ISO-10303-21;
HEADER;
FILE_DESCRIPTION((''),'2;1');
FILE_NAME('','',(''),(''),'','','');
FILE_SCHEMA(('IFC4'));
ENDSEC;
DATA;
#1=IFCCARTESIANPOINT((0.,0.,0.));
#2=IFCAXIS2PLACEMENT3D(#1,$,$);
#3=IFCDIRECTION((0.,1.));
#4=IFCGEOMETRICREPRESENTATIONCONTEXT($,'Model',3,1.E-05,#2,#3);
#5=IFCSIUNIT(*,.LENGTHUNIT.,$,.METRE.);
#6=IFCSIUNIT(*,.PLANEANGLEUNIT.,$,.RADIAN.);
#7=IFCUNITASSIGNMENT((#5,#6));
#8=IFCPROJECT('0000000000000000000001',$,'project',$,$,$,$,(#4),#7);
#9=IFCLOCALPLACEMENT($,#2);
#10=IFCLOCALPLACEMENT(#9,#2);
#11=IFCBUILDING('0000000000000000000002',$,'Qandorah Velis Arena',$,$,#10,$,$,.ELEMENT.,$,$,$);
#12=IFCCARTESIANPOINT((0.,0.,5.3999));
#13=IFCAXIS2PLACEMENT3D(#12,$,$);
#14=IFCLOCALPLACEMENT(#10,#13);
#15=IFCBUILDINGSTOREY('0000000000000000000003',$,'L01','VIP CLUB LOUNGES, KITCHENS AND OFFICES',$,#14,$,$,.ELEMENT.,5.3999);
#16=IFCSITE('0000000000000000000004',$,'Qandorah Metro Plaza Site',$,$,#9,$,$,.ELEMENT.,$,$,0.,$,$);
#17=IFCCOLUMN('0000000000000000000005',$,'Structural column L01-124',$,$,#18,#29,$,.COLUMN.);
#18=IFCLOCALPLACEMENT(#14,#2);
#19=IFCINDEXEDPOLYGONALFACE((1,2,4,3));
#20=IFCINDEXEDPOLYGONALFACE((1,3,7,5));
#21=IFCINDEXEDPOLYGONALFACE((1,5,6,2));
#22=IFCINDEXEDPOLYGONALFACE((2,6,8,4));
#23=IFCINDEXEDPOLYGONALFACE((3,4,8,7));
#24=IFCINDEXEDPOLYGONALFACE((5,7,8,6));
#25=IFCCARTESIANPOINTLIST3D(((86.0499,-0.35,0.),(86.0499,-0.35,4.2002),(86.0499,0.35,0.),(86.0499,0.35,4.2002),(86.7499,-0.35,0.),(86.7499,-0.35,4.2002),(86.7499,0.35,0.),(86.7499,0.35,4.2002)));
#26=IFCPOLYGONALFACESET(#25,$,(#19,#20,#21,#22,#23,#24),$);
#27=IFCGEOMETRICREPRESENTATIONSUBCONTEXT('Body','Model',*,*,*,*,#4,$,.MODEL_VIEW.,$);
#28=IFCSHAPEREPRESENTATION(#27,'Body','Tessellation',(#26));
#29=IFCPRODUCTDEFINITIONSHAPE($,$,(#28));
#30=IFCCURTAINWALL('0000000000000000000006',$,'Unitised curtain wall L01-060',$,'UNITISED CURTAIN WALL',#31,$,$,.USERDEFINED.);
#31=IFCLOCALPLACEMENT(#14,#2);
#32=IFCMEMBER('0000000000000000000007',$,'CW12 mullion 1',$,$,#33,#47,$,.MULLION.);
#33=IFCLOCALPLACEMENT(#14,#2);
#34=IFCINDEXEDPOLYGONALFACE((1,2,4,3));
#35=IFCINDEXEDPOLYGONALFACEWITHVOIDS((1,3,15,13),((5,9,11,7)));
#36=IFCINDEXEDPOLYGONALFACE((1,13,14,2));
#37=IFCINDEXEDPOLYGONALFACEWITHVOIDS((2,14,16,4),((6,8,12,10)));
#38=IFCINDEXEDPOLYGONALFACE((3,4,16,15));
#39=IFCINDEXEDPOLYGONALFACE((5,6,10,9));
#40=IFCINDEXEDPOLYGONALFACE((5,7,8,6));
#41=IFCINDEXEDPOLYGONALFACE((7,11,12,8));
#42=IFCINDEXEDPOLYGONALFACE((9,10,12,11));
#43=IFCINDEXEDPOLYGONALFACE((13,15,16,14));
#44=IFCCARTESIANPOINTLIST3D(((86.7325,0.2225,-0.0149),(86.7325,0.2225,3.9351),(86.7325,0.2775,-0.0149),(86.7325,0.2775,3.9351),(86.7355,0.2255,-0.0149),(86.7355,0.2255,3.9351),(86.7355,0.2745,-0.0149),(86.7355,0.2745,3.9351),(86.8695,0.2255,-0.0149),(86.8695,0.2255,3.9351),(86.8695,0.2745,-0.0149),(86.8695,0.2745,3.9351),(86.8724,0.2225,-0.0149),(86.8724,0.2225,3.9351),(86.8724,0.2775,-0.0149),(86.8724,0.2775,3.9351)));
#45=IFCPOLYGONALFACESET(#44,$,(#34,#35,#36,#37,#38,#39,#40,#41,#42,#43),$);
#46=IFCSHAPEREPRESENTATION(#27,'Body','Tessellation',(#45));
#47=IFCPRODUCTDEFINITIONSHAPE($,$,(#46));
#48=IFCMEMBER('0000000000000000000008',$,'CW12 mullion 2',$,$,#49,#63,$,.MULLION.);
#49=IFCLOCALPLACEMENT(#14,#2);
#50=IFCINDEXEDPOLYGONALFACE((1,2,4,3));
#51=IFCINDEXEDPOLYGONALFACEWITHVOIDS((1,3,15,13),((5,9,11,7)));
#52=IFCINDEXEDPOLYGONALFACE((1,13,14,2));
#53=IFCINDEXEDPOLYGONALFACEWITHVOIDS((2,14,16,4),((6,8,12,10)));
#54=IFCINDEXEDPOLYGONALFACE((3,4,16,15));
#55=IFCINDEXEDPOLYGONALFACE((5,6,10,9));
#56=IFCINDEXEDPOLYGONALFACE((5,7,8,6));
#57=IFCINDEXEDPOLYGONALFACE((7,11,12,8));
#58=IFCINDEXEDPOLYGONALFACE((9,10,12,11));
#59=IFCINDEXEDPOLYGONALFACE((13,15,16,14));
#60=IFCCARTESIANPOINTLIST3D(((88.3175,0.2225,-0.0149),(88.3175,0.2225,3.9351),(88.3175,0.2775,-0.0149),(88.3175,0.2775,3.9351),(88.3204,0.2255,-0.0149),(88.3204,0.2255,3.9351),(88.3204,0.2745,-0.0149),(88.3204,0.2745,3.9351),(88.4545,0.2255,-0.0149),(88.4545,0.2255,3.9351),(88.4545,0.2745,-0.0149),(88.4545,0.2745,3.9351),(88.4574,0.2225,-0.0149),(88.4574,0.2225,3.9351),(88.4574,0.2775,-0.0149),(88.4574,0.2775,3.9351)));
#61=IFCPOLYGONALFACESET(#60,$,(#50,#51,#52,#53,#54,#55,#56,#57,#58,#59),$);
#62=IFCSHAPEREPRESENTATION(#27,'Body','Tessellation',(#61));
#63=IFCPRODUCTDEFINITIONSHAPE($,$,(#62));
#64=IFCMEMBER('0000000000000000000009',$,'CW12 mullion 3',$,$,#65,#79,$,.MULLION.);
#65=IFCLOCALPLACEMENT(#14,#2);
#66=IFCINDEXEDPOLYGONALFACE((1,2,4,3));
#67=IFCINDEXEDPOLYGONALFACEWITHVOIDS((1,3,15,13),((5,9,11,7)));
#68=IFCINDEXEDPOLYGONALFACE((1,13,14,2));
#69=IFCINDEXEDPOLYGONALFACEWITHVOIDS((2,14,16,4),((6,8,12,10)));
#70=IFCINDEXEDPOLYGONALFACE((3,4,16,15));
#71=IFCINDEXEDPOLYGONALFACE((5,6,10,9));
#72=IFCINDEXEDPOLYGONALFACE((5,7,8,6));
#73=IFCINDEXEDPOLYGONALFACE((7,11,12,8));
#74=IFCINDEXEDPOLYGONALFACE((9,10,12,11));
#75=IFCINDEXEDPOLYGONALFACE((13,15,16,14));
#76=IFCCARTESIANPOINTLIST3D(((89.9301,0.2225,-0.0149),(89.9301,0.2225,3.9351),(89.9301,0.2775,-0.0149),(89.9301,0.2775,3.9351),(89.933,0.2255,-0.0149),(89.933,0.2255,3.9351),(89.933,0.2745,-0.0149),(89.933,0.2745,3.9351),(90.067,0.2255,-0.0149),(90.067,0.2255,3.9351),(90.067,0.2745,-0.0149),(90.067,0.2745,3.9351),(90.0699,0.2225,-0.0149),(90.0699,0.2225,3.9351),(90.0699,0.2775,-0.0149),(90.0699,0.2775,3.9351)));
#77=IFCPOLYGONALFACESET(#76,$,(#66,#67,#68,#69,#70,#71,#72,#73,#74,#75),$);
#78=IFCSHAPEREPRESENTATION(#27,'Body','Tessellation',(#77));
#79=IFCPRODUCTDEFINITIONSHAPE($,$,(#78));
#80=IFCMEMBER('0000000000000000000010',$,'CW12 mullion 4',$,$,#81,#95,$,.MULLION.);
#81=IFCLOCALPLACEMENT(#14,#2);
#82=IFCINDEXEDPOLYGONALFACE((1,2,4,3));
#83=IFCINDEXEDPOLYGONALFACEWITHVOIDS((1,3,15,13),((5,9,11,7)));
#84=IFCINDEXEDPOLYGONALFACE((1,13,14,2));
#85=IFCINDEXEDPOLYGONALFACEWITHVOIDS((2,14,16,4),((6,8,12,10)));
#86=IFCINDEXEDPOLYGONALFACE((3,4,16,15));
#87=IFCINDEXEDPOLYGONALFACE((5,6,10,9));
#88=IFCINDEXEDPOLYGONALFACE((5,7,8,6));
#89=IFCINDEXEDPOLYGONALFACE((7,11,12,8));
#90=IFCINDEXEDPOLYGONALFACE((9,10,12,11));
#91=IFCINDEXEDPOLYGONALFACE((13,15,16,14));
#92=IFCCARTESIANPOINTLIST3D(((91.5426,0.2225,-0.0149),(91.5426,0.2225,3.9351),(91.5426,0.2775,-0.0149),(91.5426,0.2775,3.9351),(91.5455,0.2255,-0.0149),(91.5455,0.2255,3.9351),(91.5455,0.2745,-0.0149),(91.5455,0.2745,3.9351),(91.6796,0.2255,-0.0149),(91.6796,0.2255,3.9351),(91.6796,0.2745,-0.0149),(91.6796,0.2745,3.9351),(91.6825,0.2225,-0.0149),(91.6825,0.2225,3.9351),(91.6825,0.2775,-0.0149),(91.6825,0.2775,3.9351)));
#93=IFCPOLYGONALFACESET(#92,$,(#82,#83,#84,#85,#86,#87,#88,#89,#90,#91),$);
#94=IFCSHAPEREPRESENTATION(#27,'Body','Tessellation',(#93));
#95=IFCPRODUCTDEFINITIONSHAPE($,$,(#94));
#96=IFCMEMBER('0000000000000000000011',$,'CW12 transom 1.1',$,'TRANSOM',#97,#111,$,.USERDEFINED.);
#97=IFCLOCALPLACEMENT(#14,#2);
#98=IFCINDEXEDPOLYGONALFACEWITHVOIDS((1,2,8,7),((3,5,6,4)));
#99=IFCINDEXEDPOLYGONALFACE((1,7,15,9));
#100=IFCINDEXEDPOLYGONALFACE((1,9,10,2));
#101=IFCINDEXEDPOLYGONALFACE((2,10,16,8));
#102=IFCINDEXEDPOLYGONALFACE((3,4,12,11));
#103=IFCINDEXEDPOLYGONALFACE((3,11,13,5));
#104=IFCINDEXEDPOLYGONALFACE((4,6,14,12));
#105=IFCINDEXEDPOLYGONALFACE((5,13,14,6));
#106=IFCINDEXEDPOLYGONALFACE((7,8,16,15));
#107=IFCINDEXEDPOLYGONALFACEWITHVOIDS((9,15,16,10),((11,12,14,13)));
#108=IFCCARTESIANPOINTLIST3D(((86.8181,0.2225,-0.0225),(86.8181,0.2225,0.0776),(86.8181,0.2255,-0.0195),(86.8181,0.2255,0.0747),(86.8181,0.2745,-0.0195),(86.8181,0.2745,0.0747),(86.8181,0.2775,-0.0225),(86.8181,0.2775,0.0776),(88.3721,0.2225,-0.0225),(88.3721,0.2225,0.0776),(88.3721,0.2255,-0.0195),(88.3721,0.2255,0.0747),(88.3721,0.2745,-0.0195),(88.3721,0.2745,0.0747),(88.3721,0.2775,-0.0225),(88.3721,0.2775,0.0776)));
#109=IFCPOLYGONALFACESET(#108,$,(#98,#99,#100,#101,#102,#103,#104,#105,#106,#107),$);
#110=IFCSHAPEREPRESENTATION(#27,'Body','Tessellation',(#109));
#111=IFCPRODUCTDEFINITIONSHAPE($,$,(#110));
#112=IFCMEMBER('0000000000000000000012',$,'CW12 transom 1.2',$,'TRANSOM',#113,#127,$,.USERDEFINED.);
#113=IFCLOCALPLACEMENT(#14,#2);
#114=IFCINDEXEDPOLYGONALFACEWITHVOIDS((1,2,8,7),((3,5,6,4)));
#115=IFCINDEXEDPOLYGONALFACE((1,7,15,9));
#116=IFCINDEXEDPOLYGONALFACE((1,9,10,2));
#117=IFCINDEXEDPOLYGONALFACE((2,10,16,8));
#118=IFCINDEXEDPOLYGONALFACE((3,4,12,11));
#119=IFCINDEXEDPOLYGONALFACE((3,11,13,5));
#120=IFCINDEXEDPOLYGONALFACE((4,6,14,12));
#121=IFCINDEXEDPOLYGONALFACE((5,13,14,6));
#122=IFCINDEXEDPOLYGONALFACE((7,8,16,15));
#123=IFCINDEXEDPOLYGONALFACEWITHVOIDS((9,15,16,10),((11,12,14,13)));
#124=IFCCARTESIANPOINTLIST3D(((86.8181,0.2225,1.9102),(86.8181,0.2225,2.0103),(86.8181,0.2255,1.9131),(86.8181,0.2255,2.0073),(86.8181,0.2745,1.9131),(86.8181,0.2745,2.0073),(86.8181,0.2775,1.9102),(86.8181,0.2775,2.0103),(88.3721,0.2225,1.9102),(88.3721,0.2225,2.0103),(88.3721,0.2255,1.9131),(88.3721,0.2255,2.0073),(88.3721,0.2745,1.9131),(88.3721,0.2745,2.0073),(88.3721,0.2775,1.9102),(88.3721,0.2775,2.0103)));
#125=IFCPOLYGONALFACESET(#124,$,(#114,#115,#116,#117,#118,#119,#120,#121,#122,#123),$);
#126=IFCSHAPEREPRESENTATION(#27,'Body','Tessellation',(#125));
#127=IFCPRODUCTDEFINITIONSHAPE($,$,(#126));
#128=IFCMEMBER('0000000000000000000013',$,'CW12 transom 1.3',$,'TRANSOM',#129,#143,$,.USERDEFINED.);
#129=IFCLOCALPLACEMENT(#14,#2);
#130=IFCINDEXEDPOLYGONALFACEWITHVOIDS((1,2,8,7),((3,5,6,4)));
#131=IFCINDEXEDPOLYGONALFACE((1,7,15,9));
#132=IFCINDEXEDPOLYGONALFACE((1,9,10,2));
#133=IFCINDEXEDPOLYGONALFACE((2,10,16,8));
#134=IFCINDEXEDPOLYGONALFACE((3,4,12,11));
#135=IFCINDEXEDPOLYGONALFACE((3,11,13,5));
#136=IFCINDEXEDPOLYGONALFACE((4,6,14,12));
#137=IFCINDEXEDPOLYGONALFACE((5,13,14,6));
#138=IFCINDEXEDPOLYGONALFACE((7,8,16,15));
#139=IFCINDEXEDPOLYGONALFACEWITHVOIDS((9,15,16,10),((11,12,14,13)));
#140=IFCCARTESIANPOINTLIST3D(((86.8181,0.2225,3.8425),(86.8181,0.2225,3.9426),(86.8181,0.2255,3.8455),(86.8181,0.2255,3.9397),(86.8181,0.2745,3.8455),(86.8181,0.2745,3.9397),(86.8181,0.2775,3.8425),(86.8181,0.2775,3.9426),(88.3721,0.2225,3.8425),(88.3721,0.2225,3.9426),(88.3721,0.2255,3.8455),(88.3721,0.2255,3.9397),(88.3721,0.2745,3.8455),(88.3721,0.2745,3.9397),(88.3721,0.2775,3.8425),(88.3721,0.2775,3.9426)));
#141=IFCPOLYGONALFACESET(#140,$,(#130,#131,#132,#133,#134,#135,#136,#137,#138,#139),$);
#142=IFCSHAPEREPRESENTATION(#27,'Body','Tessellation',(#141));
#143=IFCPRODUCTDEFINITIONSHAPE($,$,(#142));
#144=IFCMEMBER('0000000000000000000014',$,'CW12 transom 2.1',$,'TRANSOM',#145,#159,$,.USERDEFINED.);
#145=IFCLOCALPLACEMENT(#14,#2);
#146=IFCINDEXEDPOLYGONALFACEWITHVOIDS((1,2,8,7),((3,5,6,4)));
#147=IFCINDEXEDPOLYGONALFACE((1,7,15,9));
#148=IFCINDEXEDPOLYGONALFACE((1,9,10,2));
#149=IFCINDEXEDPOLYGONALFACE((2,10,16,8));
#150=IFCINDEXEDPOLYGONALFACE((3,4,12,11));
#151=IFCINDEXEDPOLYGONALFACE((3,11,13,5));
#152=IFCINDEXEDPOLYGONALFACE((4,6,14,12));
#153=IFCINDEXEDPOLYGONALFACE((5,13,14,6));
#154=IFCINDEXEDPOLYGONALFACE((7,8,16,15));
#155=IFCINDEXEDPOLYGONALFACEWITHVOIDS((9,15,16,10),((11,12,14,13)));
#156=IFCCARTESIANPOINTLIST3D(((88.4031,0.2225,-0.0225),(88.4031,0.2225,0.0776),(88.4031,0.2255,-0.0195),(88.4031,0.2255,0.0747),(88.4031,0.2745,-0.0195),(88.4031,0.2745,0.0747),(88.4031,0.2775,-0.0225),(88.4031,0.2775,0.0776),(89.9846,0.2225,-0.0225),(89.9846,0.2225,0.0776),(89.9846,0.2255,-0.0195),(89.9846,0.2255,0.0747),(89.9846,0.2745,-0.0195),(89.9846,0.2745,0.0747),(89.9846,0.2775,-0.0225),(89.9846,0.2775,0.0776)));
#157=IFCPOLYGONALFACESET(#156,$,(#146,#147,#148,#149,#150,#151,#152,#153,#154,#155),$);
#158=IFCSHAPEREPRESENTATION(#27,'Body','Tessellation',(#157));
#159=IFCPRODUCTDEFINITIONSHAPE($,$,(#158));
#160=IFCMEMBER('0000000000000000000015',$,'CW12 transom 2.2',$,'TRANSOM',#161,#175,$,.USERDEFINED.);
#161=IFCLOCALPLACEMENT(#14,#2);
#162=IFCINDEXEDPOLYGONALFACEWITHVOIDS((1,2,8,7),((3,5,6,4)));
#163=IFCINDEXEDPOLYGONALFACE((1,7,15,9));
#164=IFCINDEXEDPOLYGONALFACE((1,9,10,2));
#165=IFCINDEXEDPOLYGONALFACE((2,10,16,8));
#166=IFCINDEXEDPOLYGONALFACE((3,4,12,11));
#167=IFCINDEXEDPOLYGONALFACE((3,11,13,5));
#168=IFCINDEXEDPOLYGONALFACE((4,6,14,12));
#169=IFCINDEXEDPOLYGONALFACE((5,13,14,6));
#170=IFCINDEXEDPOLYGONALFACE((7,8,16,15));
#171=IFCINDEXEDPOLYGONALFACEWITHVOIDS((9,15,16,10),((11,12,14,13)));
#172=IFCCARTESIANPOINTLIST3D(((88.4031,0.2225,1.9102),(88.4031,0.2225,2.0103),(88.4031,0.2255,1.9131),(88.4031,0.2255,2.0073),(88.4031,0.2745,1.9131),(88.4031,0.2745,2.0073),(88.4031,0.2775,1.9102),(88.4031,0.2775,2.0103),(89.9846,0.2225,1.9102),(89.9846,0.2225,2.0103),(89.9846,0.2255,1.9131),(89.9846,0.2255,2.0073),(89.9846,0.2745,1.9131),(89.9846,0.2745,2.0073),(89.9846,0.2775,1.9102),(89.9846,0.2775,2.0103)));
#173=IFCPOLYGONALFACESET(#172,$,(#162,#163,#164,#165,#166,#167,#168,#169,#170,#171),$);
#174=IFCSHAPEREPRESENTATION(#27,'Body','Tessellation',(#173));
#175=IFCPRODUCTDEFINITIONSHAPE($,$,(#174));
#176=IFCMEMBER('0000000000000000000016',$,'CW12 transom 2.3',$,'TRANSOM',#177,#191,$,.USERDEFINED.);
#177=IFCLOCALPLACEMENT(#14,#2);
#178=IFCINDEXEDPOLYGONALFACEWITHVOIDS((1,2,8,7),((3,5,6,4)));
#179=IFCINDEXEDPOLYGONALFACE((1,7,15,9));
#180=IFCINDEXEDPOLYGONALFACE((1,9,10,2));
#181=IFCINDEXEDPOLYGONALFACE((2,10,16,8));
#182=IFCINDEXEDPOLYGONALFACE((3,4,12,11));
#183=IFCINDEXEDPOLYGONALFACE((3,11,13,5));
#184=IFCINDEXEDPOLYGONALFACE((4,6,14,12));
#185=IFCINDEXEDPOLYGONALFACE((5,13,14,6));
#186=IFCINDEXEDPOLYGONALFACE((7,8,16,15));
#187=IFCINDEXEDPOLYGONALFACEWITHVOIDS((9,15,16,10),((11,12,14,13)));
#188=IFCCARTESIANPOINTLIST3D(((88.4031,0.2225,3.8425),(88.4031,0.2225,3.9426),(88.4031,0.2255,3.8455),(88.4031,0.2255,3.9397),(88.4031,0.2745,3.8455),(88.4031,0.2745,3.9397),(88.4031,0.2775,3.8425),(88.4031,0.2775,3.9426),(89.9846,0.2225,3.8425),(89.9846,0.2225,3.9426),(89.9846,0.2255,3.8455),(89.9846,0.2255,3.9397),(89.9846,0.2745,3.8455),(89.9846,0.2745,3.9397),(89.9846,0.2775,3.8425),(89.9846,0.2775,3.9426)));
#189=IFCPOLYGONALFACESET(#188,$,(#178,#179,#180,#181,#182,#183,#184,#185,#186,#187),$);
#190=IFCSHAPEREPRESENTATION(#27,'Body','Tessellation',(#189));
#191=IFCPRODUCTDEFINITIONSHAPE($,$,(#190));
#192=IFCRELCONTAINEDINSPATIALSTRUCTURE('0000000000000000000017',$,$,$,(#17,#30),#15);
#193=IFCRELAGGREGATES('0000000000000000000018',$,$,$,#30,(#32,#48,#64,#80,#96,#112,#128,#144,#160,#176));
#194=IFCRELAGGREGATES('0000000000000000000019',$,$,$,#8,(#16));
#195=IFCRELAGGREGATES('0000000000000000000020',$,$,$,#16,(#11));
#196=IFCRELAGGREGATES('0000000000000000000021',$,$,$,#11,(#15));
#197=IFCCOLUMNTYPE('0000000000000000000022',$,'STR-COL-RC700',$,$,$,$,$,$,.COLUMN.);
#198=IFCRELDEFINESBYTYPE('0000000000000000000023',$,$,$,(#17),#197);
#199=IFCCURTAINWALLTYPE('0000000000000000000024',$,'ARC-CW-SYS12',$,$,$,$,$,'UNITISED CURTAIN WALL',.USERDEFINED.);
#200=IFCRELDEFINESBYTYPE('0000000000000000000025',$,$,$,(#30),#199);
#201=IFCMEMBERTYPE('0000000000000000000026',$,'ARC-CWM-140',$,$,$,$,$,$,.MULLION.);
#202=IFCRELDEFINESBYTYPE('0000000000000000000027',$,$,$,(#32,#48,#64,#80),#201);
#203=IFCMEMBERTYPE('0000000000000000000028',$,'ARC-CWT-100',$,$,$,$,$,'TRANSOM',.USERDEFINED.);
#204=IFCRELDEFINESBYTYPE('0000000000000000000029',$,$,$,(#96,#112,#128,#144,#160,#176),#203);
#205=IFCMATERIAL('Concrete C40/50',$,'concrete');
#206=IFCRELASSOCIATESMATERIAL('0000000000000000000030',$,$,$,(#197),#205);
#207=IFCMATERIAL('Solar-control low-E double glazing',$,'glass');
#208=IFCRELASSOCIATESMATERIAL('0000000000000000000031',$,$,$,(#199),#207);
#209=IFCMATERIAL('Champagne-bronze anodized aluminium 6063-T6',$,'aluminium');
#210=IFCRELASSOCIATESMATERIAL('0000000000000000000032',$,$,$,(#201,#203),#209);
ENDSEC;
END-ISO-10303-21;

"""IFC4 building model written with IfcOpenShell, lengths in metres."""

from ifc_helpers import new_model, si_unit, direction, frame, origin, origin_2d, place, context, subcontext, project, spatial, rectangle, hollow_rectangle, extrude, material, material_profile, profile_set, type_object, element, aggregate, save


model = new_model("IFC4")

# Units and contexts
model_context = context("Model", 3, precision=1e-05, world=origin(), true_north=direction((0.0, 1.0)))
body_context = subcontext(model_context, "Body", "Model", "MODEL_VIEW")
ifc_project = project(units=[si_unit("LENGTHUNIT", "METRE"), si_unit("PLANEANGLEUNIT", "RADIAN")], contexts=[model_context])

# Site, building, storey
site_placement = place(None, origin())
site = spatial("IfcSite", under=ifc_project, at=site_placement, Name="Qandorah Metro Plaza Site", CompositionType="ELEMENT", RefElevation=0.0)
building_placement = place(site_placement, origin())
building = spatial("IfcBuilding", under=site, at=building_placement, Name="Qandorah Velis Arena", CompositionType="ELEMENT")
storey_placement = place(building_placement, frame((0.0, 0.0, 5.3999)))
storey = spatial("IfcBuildingStorey", under=building, at=storey_placement, Name="L01", Description="VIP CLUB LOUNGES, KITCHENS AND OFFICES", CompositionType="ELEMENT", Elevation=5.3999)

# Column
ifc_material_1 = material(Name="Concrete C40/50", Category="concrete")
ifc_material_profile_1 = material_profile(ifc_material_1, rectangle(XDim=0.7, YDim=0.7, at=origin_2d()), Name="RC COL 700x700")
ifc_profile_set_1 = profile_set([ifc_material_profile_1], Name="Concrete C40/50")
column_type = type_object("IfcColumnType", Name="STR-COL-RC700", PredefinedType="COLUMN", material=ifc_profile_set_1)
column_placement = place(storey_placement, frame((86.3999, 0.0, 0.0), z_axis=(0.0, 0.0, 1.0), x_axis=(1.0, 0.0, 0.0)))
element("IfcColumn", 1, at=column_placement, inside=storey, type_object=column_type, Name="Structural column L01-124", PredefinedType="COLUMN", context=body_context, shape_type="SweptSolid", body=[
    extrude(rectangle(XDim=0.7, YDim=0.7, at=origin_2d()), origin(), (0.0, 0.0, 1.0), 4.2002),
])

# Curtain wall, members
ifc_material_2 = material(Name="Solar-control low-E double glazing", Category="glass")
curtain_wall_type = type_object("IfcCurtainWallType", Name="ARC-CW-SYS12", ElementType="UNITISED CURTAIN WALL", PredefinedType="USERDEFINED", material=ifc_material_2)
curtain_wall_placement = place(storey_placement, origin())
curtain_wall = element("IfcCurtainWall", 2, at=curtain_wall_placement, inside=storey, type_object=curtain_wall_type, Name="Unitised curtain wall L01-060", ObjectType="UNITISED CURTAIN WALL", PredefinedType="USERDEFINED")
ifc_material_3 = material(Name="Champagne-bronze anodized aluminium 6063-T6", Category="aluminium")
ifc_material_profile_2 = material_profile(ifc_material_3, hollow_rectangle(XDim=0.0549, YDim=0.1399, WallThickness=0.0029, at=origin_2d()), Name="ALU MULLION 55x140")
ifc_profile_set_2 = profile_set([ifc_material_profile_2], Name="Champagne-bronze anodized aluminium 6063-T6")
member_type_1 = type_object("IfcMemberType", Name="ARC-CWM-140", PredefinedType="MULLION", material=ifc_profile_set_2)
member_1_placement = place(storey_placement, frame((86.8025, 0.25, -0.0149), z_axis=(0.0, 0.0, 1.0), x_axis=(0.0, 1.0, 0.0)))
member_1 = element("IfcMember", 3, at=member_1_placement, type_object=member_type_1, Name="CW12 mullion 1", PredefinedType="MULLION", context=body_context, shape_type="SweptSolid", body=[
    extrude(hollow_rectangle(XDim=0.0549, YDim=0.1399, WallThickness=0.0029, at=origin_2d()), origin(), (0.0, 0.0, 1.0), 3.95),
])
member_2_placement = place(storey_placement, frame((88.3875, 0.25, -0.0149), z_axis=(0.0, 0.0, 1.0), x_axis=(0.0, 1.0, 0.0)))
member_2 = element("IfcMember", 4, at=member_2_placement, type_object=member_type_1, Name="CW12 mullion 2", PredefinedType="MULLION", context=body_context, shape_type="SweptSolid", body=[
    extrude(hollow_rectangle(XDim=0.0549, YDim=0.1399, WallThickness=0.0029, at=origin_2d()), origin(), (0.0, 0.0, 1.0), 3.95),
])
member_3_placement = place(storey_placement, frame((90.0, 0.25, -0.0149), z_axis=(0.0, 0.0, 1.0), x_axis=(0.0, 1.0, 0.0)))
member_3 = element("IfcMember", 5, at=member_3_placement, type_object=member_type_1, Name="CW12 mullion 3", PredefinedType="MULLION", context=body_context, shape_type="SweptSolid", body=[
    extrude(hollow_rectangle(XDim=0.0549, YDim=0.1399, WallThickness=0.0029, at=origin_2d()), origin(), (0.0, 0.0, 1.0), 3.95),
])
member_4_placement = place(storey_placement, frame((91.6125, 0.25, -0.0149), z_axis=(0.0, 0.0, 1.0), x_axis=(0.0, 1.0, 0.0)))
member_4 = element("IfcMember", 6, at=member_4_placement, type_object=member_type_1, Name="CW12 mullion 4", PredefinedType="MULLION", context=body_context, shape_type="SweptSolid", body=[
    extrude(hollow_rectangle(XDim=0.0549, YDim=0.1399, WallThickness=0.0029, at=origin_2d()), origin(), (0.0, 0.0, 1.0), 3.95),
])
ifc_material_profile_3 = material_profile(ifc_material_3, hollow_rectangle(XDim=0.0549, YDim=0.1001, WallThickness=0.0029, at=origin_2d()), Name="ALU TRANSOM 55x100")
ifc_profile_set_3 = profile_set([ifc_material_profile_3], Name="Champagne-bronze anodized aluminium 6063-T6")
member_type_2 = type_object("IfcMemberType", Name="ARC-CWT-100", ElementType="TRANSOM", PredefinedType="USERDEFINED", material=ifc_profile_set_3)
member_5_placement = place(storey_placement, frame((86.8181, 0.25, 0.0276), z_axis=(1.0, 0.0, 0.0), x_axis=(0.0, 1.0, 0.0)))
member_5 = element("IfcMember", 7, at=member_5_placement, type_object=member_type_2, Name="CW12 transom 1.1", ObjectType="TRANSOM", PredefinedType="USERDEFINED", context=body_context, shape_type="SweptSolid", body=[
    extrude(hollow_rectangle(XDim=0.0549, YDim=0.1001, WallThickness=0.0029, at=origin_2d()), origin(), (0.0, 0.0, 1.0), 1.554),
])
member_6_placement = place(storey_placement, frame((86.8181, 0.25, 1.9602), z_axis=(1.0, 0.0, 0.0), x_axis=(0.0, 1.0, 0.0)))
member_6 = element("IfcMember", 8, at=member_6_placement, type_object=member_type_2, Name="CW12 transom 1.2", ObjectType="TRANSOM", PredefinedType="USERDEFINED", context=body_context, shape_type="SweptSolid", body=[
    extrude(hollow_rectangle(XDim=0.0549, YDim=0.1001, WallThickness=0.0029, at=origin_2d()), origin(), (0.0, 0.0, 1.0), 1.554),
])
member_7_placement = place(storey_placement, frame((86.8181, 0.25, 3.8926), z_axis=(1.0, 0.0, 0.0), x_axis=(0.0, 1.0, 0.0)))
member_7 = element("IfcMember", 9, at=member_7_placement, type_object=member_type_2, Name="CW12 transom 1.3", ObjectType="TRANSOM", PredefinedType="USERDEFINED", context=body_context, shape_type="SweptSolid", body=[
    extrude(hollow_rectangle(XDim=0.0549, YDim=0.1001, WallThickness=0.0029, at=origin_2d()), origin(), (0.0, 0.0, 1.0), 1.554),
])
member_8_placement = place(storey_placement, frame((88.4031, 0.25, 0.0276), z_axis=(1.0, 0.0, 0.0), x_axis=(0.0, 1.0, 0.0)))
member_8 = element("IfcMember", 10, at=member_8_placement, type_object=member_type_2, Name="CW12 transom 2.1", ObjectType="TRANSOM", PredefinedType="USERDEFINED", context=body_context, shape_type="SweptSolid", body=[
    extrude(hollow_rectangle(XDim=0.0549, YDim=0.1001, WallThickness=0.0029, at=origin_2d()), origin(), (0.0, 0.0, 1.0), 1.5815),
])
member_9_placement = place(storey_placement, frame((88.4031, 0.25, 1.9602), z_axis=(1.0, 0.0, 0.0), x_axis=(0.0, 1.0, 0.0)))
member_9 = element("IfcMember", 11, at=member_9_placement, type_object=member_type_2, Name="CW12 transom 2.2", ObjectType="TRANSOM", PredefinedType="USERDEFINED", context=body_context, shape_type="SweptSolid", body=[
    extrude(hollow_rectangle(XDim=0.0549, YDim=0.1001, WallThickness=0.0029, at=origin_2d()), origin(), (0.0, 0.0, 1.0), 1.5815),
])
member_10_placement = place(storey_placement, frame((88.4031, 0.25, 3.8926), z_axis=(1.0, 0.0, 0.0), x_axis=(0.0, 1.0, 0.0)))
member_10 = element("IfcMember", 12, at=member_10_placement, type_object=member_type_2, Name="CW12 transom 2.3", ObjectType="TRANSOM", PredefinedType="USERDEFINED", context=body_context, shape_type="SweptSolid", body=[
    extrude(hollow_rectangle(XDim=0.0549, YDim=0.1001, WallThickness=0.0029, at=origin_2d()), origin(), (0.0, 0.0, 1.0), 1.5815),
])

aggregate(curtain_wall, [member_1, member_2, member_3, member_4, member_5, member_6, member_7, member_8, member_9, member_10])

save(model, "model.ifc")
